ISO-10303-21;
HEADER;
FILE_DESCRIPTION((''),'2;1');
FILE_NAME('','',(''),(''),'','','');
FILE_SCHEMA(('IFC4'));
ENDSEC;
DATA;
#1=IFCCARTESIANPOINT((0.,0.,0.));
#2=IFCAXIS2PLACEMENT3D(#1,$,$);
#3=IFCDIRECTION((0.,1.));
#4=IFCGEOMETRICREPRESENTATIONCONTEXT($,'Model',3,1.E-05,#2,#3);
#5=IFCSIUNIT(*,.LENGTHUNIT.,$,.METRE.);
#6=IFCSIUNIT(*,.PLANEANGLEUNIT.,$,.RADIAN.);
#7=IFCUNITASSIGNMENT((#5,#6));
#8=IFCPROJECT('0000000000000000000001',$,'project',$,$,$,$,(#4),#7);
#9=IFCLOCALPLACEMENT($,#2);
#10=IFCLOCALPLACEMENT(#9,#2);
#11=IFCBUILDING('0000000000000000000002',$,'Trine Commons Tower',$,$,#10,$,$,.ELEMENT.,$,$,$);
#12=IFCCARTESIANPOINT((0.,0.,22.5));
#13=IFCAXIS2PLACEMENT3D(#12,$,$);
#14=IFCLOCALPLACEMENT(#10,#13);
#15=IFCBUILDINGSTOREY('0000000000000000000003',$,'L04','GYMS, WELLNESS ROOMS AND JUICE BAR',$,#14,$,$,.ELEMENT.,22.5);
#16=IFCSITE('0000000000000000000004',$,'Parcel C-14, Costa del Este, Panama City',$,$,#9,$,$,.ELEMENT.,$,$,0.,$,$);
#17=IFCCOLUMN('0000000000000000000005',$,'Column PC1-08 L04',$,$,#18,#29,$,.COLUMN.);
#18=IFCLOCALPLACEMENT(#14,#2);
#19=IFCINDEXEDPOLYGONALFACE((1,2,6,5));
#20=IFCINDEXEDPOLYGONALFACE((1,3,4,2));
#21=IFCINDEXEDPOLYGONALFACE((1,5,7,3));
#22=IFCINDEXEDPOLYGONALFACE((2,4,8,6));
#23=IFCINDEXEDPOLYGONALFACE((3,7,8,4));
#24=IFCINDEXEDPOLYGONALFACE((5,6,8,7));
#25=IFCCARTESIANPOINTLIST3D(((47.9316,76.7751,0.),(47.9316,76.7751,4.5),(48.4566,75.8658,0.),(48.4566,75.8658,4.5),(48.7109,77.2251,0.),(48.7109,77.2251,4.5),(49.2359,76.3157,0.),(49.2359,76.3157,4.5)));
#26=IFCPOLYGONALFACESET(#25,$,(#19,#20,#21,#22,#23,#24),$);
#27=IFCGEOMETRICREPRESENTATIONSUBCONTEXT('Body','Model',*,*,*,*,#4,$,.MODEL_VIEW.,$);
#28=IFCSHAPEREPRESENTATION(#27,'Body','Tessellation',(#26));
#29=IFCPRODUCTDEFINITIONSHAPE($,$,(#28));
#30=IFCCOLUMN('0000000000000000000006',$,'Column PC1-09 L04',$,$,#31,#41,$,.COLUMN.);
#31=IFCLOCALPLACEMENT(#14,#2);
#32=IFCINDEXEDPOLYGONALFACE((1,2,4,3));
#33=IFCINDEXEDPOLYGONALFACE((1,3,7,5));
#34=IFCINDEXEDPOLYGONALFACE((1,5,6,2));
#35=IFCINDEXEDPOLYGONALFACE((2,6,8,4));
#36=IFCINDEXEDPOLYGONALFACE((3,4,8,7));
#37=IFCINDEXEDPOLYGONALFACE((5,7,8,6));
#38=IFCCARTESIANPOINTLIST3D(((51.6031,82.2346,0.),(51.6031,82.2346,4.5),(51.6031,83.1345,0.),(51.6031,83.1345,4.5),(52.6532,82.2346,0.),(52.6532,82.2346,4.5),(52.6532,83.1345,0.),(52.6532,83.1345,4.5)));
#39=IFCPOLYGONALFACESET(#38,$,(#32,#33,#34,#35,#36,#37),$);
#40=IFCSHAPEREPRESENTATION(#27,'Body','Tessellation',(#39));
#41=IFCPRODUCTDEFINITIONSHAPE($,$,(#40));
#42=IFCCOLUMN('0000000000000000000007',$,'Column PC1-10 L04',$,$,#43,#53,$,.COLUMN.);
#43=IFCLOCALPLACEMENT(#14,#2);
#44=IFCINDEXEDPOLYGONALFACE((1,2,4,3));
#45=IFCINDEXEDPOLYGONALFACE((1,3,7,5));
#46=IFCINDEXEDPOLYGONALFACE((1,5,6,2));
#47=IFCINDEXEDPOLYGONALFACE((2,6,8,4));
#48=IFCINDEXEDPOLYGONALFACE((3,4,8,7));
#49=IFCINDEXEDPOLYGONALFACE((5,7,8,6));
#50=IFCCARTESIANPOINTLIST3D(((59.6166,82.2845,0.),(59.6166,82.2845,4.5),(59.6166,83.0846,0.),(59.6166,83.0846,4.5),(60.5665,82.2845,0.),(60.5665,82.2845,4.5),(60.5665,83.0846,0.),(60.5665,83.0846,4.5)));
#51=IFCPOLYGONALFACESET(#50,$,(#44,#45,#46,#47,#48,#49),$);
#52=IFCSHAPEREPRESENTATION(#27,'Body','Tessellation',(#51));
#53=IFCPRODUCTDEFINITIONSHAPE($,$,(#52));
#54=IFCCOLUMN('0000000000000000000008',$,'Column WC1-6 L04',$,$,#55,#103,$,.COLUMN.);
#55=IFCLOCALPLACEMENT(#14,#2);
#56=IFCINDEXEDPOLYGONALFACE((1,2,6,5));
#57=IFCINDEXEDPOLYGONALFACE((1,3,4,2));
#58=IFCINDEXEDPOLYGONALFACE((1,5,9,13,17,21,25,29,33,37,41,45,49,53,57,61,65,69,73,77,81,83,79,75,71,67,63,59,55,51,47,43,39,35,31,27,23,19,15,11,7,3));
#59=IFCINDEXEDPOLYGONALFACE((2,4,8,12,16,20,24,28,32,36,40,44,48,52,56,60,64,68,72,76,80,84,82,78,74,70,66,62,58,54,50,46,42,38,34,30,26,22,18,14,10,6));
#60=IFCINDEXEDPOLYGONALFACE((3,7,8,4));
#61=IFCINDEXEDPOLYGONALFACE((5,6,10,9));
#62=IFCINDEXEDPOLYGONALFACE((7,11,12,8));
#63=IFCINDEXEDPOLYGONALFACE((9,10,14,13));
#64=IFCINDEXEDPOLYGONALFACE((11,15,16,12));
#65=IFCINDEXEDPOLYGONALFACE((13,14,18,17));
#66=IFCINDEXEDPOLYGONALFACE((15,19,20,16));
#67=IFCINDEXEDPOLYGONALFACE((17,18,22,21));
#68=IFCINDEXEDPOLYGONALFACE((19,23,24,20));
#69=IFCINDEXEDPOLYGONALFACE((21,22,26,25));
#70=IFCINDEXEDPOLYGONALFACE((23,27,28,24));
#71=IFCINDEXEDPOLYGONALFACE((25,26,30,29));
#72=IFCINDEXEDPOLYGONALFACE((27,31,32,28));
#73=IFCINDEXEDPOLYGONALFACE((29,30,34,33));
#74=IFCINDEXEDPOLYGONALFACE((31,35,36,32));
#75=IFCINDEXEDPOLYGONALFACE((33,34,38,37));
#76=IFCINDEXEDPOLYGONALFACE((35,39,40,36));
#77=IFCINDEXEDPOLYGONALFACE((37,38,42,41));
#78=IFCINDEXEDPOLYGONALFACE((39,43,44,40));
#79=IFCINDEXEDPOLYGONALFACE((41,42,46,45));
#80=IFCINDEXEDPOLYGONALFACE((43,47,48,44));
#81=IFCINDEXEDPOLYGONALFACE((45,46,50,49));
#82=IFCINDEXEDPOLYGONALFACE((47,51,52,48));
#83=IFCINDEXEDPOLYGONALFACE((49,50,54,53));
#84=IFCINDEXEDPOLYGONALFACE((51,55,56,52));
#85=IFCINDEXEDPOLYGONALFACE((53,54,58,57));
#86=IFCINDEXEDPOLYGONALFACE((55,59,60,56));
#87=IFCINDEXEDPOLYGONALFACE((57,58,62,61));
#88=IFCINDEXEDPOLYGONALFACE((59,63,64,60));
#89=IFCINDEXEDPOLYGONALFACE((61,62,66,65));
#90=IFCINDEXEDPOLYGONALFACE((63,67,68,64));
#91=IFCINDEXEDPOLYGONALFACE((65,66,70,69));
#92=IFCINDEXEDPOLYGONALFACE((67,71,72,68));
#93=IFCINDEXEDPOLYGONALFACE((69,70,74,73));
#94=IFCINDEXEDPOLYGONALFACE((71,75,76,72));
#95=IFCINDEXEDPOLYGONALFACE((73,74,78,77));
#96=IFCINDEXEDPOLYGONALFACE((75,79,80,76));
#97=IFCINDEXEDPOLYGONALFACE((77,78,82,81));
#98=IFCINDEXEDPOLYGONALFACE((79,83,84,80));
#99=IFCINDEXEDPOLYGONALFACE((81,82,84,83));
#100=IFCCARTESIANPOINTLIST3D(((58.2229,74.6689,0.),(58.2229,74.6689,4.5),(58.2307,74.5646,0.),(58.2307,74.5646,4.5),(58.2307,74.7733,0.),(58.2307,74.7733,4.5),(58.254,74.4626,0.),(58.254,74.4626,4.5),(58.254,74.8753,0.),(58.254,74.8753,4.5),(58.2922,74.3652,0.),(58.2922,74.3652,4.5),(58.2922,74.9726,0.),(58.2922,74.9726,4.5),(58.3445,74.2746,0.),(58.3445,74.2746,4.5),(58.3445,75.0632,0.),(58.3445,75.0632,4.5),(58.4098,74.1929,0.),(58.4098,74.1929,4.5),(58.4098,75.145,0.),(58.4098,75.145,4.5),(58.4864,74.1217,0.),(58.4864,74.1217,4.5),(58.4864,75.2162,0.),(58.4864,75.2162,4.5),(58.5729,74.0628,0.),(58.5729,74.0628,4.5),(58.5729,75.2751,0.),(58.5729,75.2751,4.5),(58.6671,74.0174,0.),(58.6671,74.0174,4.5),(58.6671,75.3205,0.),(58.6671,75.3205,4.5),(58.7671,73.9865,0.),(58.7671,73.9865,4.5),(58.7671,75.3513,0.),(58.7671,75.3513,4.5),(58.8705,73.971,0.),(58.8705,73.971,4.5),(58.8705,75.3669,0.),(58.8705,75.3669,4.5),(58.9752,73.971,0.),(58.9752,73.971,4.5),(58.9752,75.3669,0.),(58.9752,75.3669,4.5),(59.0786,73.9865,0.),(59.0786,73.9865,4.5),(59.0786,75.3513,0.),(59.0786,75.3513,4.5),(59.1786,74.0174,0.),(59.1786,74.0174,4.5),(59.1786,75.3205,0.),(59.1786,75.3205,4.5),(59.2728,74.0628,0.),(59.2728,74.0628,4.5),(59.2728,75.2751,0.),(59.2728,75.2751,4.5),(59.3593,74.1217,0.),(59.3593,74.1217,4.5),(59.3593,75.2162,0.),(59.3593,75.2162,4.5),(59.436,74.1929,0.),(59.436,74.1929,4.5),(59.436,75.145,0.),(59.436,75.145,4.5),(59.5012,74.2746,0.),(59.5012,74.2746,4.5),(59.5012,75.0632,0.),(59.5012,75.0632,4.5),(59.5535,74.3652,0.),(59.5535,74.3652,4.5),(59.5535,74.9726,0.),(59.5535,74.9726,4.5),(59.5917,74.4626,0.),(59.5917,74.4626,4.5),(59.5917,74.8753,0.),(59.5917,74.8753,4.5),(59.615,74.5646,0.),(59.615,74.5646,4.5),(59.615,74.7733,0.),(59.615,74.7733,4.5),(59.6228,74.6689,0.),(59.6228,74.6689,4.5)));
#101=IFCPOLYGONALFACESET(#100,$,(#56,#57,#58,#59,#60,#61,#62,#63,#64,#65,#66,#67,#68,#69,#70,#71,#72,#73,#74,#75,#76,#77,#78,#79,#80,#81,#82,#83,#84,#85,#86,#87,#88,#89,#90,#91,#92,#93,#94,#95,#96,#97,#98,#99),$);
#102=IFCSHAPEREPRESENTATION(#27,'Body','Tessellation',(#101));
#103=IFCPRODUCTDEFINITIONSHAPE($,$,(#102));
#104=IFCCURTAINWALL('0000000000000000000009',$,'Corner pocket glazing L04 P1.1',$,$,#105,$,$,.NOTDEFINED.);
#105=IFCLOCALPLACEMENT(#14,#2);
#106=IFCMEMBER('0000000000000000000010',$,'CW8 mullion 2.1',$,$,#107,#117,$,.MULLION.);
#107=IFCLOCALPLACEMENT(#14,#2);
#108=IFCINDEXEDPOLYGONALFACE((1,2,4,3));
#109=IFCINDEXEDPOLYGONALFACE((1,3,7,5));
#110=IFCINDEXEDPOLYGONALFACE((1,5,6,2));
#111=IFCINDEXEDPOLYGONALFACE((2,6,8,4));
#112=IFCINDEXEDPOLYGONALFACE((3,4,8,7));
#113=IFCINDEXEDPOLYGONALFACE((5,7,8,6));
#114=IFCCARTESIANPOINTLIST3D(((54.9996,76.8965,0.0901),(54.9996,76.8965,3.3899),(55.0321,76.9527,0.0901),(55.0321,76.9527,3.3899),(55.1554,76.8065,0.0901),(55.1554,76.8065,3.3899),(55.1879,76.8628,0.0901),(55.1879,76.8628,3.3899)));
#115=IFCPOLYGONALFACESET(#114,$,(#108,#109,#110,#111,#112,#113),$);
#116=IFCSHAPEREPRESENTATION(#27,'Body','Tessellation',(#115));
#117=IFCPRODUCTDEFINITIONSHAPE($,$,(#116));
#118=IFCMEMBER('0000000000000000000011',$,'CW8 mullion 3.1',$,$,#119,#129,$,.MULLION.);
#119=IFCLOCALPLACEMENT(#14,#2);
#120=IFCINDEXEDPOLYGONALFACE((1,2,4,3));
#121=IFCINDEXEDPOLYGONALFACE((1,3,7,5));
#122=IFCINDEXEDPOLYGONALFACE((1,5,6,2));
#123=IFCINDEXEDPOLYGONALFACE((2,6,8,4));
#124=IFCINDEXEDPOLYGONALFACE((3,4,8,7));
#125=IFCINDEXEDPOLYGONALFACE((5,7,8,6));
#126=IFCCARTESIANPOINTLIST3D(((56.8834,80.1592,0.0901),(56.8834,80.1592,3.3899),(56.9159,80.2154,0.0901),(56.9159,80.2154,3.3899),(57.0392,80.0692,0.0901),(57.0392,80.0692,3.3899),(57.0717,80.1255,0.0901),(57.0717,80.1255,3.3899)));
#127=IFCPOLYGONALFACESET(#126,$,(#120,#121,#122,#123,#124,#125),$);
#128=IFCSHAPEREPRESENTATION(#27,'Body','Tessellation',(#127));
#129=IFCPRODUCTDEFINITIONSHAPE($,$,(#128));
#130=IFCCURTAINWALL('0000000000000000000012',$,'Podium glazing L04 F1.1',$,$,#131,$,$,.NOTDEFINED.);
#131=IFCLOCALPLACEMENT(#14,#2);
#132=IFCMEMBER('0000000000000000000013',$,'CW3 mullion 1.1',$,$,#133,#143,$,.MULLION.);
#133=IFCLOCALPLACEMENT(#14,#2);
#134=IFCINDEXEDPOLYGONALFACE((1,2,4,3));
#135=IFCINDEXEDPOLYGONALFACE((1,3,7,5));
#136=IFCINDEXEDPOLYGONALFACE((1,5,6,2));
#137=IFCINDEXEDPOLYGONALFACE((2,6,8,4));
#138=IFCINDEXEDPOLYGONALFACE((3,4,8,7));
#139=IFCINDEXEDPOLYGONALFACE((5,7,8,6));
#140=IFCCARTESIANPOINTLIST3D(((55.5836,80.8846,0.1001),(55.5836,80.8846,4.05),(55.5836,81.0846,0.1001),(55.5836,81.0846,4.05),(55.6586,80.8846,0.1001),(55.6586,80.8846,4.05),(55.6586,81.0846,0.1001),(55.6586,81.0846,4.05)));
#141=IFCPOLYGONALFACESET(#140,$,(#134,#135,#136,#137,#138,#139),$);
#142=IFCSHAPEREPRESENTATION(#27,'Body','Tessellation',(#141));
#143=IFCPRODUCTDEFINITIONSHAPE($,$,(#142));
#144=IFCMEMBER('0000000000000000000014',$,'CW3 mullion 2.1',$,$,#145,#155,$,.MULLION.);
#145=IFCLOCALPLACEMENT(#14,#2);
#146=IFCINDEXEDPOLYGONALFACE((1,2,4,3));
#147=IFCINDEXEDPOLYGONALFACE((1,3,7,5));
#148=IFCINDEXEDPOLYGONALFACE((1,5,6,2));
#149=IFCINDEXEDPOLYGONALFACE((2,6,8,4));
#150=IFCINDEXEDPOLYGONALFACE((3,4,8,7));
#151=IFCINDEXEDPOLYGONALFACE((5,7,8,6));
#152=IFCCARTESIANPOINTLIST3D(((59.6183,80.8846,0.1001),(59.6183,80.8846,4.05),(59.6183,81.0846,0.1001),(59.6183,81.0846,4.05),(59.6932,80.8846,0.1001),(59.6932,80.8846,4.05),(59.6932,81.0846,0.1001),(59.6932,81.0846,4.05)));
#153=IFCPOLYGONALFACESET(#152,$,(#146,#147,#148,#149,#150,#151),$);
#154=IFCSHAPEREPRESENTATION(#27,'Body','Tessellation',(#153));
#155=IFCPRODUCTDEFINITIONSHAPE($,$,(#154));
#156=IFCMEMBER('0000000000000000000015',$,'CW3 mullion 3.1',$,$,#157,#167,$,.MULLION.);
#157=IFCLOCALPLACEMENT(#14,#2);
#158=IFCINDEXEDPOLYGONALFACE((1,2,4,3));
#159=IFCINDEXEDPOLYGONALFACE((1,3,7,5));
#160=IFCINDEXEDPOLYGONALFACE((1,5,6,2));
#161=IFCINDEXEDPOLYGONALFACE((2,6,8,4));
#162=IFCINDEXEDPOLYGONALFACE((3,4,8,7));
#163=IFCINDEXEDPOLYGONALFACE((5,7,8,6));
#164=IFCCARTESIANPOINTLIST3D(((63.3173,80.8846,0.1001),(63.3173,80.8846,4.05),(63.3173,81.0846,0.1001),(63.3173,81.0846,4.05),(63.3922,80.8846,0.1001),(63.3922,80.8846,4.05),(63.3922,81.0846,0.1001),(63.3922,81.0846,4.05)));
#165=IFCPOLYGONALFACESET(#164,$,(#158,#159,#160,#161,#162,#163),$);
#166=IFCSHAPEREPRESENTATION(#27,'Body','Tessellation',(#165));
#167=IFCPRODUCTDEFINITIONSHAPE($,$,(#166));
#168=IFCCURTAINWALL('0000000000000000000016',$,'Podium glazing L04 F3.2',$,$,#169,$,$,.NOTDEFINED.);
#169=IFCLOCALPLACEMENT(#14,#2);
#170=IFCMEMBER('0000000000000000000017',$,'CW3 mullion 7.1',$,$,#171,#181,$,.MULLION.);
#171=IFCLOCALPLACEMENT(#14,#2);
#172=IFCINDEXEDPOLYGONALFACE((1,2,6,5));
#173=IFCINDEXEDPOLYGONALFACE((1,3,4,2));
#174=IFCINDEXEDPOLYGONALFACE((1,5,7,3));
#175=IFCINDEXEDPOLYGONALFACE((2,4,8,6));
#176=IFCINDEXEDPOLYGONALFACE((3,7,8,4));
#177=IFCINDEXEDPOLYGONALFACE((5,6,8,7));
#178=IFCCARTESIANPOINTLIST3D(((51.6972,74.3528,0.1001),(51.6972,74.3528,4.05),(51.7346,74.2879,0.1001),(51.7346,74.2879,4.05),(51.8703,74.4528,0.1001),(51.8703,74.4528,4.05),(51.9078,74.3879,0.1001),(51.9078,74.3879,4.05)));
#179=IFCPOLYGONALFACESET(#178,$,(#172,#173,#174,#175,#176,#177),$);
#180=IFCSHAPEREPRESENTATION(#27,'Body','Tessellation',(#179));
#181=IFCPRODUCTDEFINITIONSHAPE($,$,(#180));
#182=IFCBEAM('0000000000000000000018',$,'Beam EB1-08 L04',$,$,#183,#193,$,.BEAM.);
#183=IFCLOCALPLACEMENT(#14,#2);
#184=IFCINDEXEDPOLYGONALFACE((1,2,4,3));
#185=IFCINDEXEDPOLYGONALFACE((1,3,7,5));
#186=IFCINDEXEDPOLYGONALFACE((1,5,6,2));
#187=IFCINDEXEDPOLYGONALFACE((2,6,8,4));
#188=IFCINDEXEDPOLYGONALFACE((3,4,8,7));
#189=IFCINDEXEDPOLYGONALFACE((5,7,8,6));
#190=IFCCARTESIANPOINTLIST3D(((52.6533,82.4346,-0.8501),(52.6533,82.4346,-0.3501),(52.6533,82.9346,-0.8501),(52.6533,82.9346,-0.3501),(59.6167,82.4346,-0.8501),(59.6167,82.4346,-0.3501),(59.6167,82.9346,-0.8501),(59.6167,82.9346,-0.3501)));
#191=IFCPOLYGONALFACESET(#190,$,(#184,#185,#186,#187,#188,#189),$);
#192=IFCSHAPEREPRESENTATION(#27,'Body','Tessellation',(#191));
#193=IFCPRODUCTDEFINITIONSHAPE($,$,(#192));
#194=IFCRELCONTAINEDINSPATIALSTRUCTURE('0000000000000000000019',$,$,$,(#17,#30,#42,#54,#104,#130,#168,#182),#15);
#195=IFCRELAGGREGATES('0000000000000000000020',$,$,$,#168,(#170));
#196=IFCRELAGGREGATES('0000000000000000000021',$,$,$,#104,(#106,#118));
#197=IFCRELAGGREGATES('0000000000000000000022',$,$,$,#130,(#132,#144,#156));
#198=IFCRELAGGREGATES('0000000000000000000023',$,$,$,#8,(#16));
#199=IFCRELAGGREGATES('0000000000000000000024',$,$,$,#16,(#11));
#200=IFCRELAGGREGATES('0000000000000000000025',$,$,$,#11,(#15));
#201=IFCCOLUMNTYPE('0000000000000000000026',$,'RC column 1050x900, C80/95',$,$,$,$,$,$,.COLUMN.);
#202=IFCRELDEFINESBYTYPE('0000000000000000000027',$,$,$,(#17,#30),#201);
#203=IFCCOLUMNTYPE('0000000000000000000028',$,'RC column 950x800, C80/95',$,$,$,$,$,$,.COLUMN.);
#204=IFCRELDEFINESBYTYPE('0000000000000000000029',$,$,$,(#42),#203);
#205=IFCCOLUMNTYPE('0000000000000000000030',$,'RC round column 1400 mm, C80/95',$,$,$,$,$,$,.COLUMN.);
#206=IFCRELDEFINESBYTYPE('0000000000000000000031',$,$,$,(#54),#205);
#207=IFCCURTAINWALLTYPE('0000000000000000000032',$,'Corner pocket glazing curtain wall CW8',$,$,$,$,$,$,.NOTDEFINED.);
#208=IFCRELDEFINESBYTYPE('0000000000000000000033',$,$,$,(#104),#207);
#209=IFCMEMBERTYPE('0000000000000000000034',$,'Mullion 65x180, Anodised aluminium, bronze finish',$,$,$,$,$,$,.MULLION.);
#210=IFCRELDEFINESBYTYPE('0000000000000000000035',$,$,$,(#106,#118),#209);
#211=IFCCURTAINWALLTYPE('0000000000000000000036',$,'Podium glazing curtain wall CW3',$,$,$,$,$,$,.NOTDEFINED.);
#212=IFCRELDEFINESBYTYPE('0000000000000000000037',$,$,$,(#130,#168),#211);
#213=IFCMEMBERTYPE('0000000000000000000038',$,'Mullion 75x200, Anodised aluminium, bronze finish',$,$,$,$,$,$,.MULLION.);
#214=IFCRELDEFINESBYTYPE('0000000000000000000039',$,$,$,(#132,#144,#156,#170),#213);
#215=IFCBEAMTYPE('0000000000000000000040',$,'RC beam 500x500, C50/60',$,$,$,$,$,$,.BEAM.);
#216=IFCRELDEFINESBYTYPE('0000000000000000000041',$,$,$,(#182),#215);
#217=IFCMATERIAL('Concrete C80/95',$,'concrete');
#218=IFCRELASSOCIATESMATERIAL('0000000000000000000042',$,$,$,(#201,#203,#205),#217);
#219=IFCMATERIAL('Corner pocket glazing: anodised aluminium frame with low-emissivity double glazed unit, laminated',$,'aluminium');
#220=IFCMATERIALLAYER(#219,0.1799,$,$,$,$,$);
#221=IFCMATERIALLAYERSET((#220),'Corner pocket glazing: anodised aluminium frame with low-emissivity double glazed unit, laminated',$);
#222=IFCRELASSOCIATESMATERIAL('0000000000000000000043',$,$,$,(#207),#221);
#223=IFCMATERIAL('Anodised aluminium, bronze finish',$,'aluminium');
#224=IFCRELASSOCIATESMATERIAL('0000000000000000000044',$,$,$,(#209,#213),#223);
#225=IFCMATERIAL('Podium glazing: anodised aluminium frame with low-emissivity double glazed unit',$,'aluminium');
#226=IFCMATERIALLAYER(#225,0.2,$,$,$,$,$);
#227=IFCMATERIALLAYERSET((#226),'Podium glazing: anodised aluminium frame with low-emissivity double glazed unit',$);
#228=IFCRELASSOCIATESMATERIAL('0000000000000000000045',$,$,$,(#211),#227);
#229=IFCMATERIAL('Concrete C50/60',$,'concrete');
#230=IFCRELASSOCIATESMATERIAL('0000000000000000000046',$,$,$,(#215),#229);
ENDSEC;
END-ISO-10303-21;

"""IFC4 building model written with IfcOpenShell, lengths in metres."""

from ifc_helpers import new_model, si_unit, direction, frame, origin, origin_2d, place, context, subcontext, project, spatial, rectangle, circle, extrude, material, layer, layer_set, material_profile, profile_set, type_object, element, aggregate, save


model = new_model("IFC4")

# Units and contexts
model_context = context("Model", 3, precision=1e-05, world=origin(), true_north=direction((0.0, 1.0)))
body_context = subcontext(model_context, "Body", "Model", "MODEL_VIEW")
ifc_project = project(units=[si_unit("LENGTHUNIT", "METRE"), si_unit("PLANEANGLEUNIT", "RADIAN")], contexts=[model_context])

# Site, building, storey
site_placement = place(None, origin())
site = spatial("IfcSite", under=ifc_project, at=site_placement, Name="Parcel C-14, Costa del Este, Panama City", CompositionType="ELEMENT", RefElevation=0.0)
building_placement = place(site_placement, origin())
building = spatial("IfcBuilding", under=site, at=building_placement, Name="Trine Commons Tower", CompositionType="ELEMENT")
storey_placement = place(building_placement, frame((0.0, 0.0, 22.5)))
storey = spatial("IfcBuildingStorey", under=building, at=storey_placement, Name="L04", Description="GYMS, WELLNESS ROOMS AND JUICE BAR", CompositionType="ELEMENT", Elevation=22.5)

# Columns
ifc_material_1 = material(Name="Concrete C80/95", Category="concrete")
ifc_material_profile_1 = material_profile(ifc_material_1, rectangle(XDim=1.05, YDim=0.8999, at=origin_2d()), Name="RC 1050x900")
ifc_profile_set_1 = profile_set([ifc_material_profile_1], Name="Concrete C80/95")
column_type_1 = type_object("IfcColumnType", Name="RC column 1050x900, C80/95", PredefinedType="COLUMN", material=ifc_profile_set_1)
for number, where, z_axis, x_axis, name in (
    (1, (48.5837, 76.5454, 0.0), (0.0, 0.0, 1.0), (-0.5, 0.866025, 0.0), "Column PC1-08 L04"),
    (2, (52.1282, 82.6846, 0.0), (0.0, 0.0, 1.0), (1.0, 0.0, 0.0), "Column PC1-09 L04"),
):
    element("IfcColumn", number, at=place(storey_placement, frame(where, z_axis=z_axis, x_axis=x_axis)), inside=storey, type_object=column_type_1, Name=name, PredefinedType="COLUMN", context=body_context, shape_type="SweptSolid", body=[
        extrude(rectangle(XDim=1.05, YDim=0.8999, at=origin_2d()), origin(), (0.0, 0.0, 1.0), 4.5),
    ])
ifc_material_profile_2 = material_profile(ifc_material_1, rectangle(XDim=0.95, YDim=0.8, at=origin_2d()), Name="RC 950x800")
ifc_profile_set_2 = profile_set([ifc_material_profile_2], Name="Concrete C80/95")
column_type_2 = type_object("IfcColumnType", Name="RC column 950x800, C80/95", PredefinedType="COLUMN", material=ifc_profile_set_2)
column_1_placement = place(storey_placement, frame((60.0916, 82.6846, 0.0), z_axis=(0.0, 0.0, 1.0), x_axis=(1.0, 0.0, 0.0)))
element("IfcColumn", 3, at=column_1_placement, inside=storey, type_object=column_type_2, Name="Column PC1-10 L04", PredefinedType="COLUMN", context=body_context, shape_type="SweptSolid", body=[
    extrude(rectangle(XDim=0.95, YDim=0.8, at=origin_2d()), origin(), (0.0, 0.0, 1.0), 4.5),
])
ifc_material_profile_3 = material_profile(ifc_material_1, circle(Radius=0.7, at=origin_2d()), Name="RC round 1400")
ifc_profile_set_3 = profile_set([ifc_material_profile_3], Name="Concrete C80/95")
column_type_3 = type_object("IfcColumnType", Name="RC round column 1400 mm, C80/95", PredefinedType="COLUMN", material=ifc_profile_set_3)
column_2_placement = place(storey_placement, frame((58.9229, 74.6689, 0.0), z_axis=(0.0, 0.0, 1.0), x_axis=(1.0, 0.0, 0.0)))
element("IfcColumn", 4, at=column_2_placement, inside=storey, type_object=column_type_3, Name="Column WC1-6 L04", PredefinedType="COLUMN", context=body_context, shape_type="SweptSolid", body=[
    extrude(circle(Radius=0.7, at=origin_2d()), origin(), (0.0, 0.0, 1.0), 4.5),
])

# Curtain walls, members
ifc_material_2 = material(Name="Corner pocket glazing: anodised aluminium frame with low-emissivity double glazed unit, laminated", Category="aluminium")
ifc_layer_1 = layer(ifc_material_2, 0.1799)
ifc_layer_set_1 = layer_set([ifc_layer_1], Name="Corner pocket glazing: anodised aluminium frame with low-emissivity double glazed unit, laminated")
curtain_wall_type_1 = type_object("IfcCurtainWallType", Name="Corner pocket glazing curtain wall CW8", PredefinedType="NOTDEFINED", material=ifc_layer_set_1)
curtain_wall_1_placement = place(storey_placement, origin())
curtain_wall_1 = element("IfcCurtainWall", 5, at=curtain_wall_1_placement, inside=storey, type_object=curtain_wall_type_1, Name="Corner pocket glazing L04 P1.1", PredefinedType="NOTDEFINED")
ifc_material_3 = material(Name="Anodised aluminium, bronze finish", Category="aluminium")
ifc_material_profile_4 = material_profile(ifc_material_3, rectangle(XDim=0.1799, YDim=0.0649, at=origin_2d()), Name="Mullion 65x180")
ifc_profile_set_4 = profile_set([ifc_material_profile_4], Name="Anodised aluminium, bronze finish")
member_type_1 = type_object("IfcMemberType", Name="Mullion 65x180, Anodised aluminium, bronze finish", PredefinedType="MULLION", material=ifc_profile_set_4)
member_1_placement = place(storey_placement, frame((55.0938, 76.8796, 0.0901), z_axis=(0.0, 0.0, 1.0), x_axis=(-0.866025, 0.5, 0.0)))
member_1 = element("IfcMember", 6, at=member_1_placement, type_object=member_type_1, Name="CW8 mullion 2.1", PredefinedType="MULLION", context=body_context, shape_type="SweptSolid", body=[
    extrude(rectangle(XDim=0.1799, YDim=0.0649, at=origin_2d()), origin(), (0.0, 0.0, 1.0), 3.2998),
])
member_2_placement = place(storey_placement, frame((56.9775, 80.1423, 0.0901), z_axis=(0.0, 0.0, 1.0), x_axis=(-0.866025, 0.5, 0.0)))
member_2 = element("IfcMember", 7, at=member_2_placement, type_object=member_type_1, Name="CW8 mullion 3.1", PredefinedType="MULLION", context=body_context, shape_type="SweptSolid", body=[
    extrude(rectangle(XDim=0.1799, YDim=0.0649, at=origin_2d()), origin(), (0.0, 0.0, 1.0), 3.2998),
])
ifc_material_4 = material(Name="Podium glazing: anodised aluminium frame with low-emissivity double glazed unit", Category="aluminium")
ifc_layer_2 = layer(ifc_material_4, 0.2)
ifc_layer_set_2 = layer_set([ifc_layer_2], Name="Podium glazing: anodised aluminium frame with low-emissivity double glazed unit")
curtain_wall_type_2 = type_object("IfcCurtainWallType", Name="Podium glazing curtain wall CW3", PredefinedType="NOTDEFINED", material=ifc_layer_set_2)
curtain_wall_2_placement = place(storey_placement, origin())
curtain_wall_2 = element("IfcCurtainWall", 8, at=curtain_wall_2_placement, inside=storey, type_object=curtain_wall_type_2, Name="Podium glazing L04 F1.1", PredefinedType="NOTDEFINED")
ifc_material_profile_5 = material_profile(ifc_material_3, rectangle(XDim=0.2, YDim=0.075, at=origin_2d()), Name="Mullion 75x200")
ifc_profile_set_5 = profile_set([ifc_material_profile_5], Name="Anodised aluminium, bronze finish")
member_type_2 = type_object("IfcMemberType", Name="Mullion 75x200, Anodised aluminium, bronze finish", PredefinedType="MULLION", material=ifc_profile_set_5)
member_3_placement = place(storey_placement, frame((55.6211, 80.9846, 0.1001), z_axis=(0.0, 0.0, 1.0), x_axis=(0.0, 1.0, 0.0)))
member_3 = element("IfcMember", 9, at=member_3_placement, type_object=member_type_2, Name="CW3 mullion 1.1", PredefinedType="MULLION", context=body_context, shape_type="SweptSolid", body=[
    extrude(rectangle(XDim=0.2, YDim=0.075, at=origin_2d()), origin(), (0.0, 0.0, 1.0), 3.95),
])
member_4_placement = place(storey_placement, frame((59.6558, 80.9846, 0.1001), z_axis=(0.0, 0.0, 1.0), x_axis=(0.0, 1.0, 0.0)))
member_4 = element("IfcMember", 10, at=member_4_placement, type_object=member_type_2, Name="CW3 mullion 2.1", PredefinedType="MULLION", context=body_context, shape_type="SweptSolid", body=[
    extrude(rectangle(XDim=0.2, YDim=0.075, at=origin_2d()), origin(), (0.0, 0.0, 1.0), 3.95),
])
member_5_placement = place(storey_placement, frame((63.3547, 80.9846, 0.1001), z_axis=(0.0, 0.0, 1.0), x_axis=(0.0, 1.0, 0.0)))
member_5 = element("IfcMember", 11, at=member_5_placement, type_object=member_type_2, Name="CW3 mullion 3.1", PredefinedType="MULLION", context=body_context, shape_type="SweptSolid", body=[
    extrude(rectangle(XDim=0.2, YDim=0.075, at=origin_2d()), origin(), (0.0, 0.0, 1.0), 3.95),
])

# Curtain wall, member
curtain_wall_3_placement = place(storey_placement, origin())
curtain_wall_3 = element("IfcCurtainWall", 12, at=curtain_wall_3_placement, inside=storey, type_object=curtain_wall_type_2, Name="Podium glazing L04 F3.2", PredefinedType="NOTDEFINED")
member_6_placement = place(storey_placement, frame((51.8025, 74.3704, 0.1001), z_axis=(0.0, 0.0, 1.0), x_axis=(-0.866025, -0.5, 0.0)))
member_6 = element("IfcMember", 13, at=member_6_placement, type_object=member_type_2, Name="CW3 mullion 7.1", PredefinedType="MULLION", context=body_context, shape_type="SweptSolid", body=[
    extrude(rectangle(XDim=0.2, YDim=0.075, at=origin_2d()), origin(), (0.0, 0.0, 1.0), 3.95),
])
aggregate(curtain_wall_3, [member_6])

# Beam
ifc_material_5 = material(Name="Concrete C50/60", Category="concrete")
ifc_material_profile_6 = material_profile(ifc_material_5, rectangle(XDim=0.5, YDim=0.5, at=origin_2d()), Name="RC 500x500")
ifc_profile_set_6 = profile_set([ifc_material_profile_6], Name="Concrete C50/60")
beam_type_1 = type_object("IfcBeamType", Name="RC beam 500x500, C50/60", PredefinedType="BEAM", material=ifc_profile_set_6)
beam_1_placement = place(storey_placement, frame((52.6533, 82.6846, -0.6001), z_axis=(1.0, 0.0, 0.0), x_axis=(0.0, 1.0, 0.0)))
element("IfcBeam", 14, at=beam_1_placement, inside=storey, type_object=beam_type_1, Name="Beam EB1-08 L04", PredefinedType="BEAM", context=body_context, shape_type="SweptSolid", body=[
    extrude(rectangle(XDim=0.5, YDim=0.5, at=origin_2d()), origin(), (0.0, 0.0, 1.0), 6.9634),
])

aggregate(curtain_wall_1, [member_1, member_2])
aggregate(curtain_wall_2, [member_3, member_4, member_5])

save(model, "model.ifc")
